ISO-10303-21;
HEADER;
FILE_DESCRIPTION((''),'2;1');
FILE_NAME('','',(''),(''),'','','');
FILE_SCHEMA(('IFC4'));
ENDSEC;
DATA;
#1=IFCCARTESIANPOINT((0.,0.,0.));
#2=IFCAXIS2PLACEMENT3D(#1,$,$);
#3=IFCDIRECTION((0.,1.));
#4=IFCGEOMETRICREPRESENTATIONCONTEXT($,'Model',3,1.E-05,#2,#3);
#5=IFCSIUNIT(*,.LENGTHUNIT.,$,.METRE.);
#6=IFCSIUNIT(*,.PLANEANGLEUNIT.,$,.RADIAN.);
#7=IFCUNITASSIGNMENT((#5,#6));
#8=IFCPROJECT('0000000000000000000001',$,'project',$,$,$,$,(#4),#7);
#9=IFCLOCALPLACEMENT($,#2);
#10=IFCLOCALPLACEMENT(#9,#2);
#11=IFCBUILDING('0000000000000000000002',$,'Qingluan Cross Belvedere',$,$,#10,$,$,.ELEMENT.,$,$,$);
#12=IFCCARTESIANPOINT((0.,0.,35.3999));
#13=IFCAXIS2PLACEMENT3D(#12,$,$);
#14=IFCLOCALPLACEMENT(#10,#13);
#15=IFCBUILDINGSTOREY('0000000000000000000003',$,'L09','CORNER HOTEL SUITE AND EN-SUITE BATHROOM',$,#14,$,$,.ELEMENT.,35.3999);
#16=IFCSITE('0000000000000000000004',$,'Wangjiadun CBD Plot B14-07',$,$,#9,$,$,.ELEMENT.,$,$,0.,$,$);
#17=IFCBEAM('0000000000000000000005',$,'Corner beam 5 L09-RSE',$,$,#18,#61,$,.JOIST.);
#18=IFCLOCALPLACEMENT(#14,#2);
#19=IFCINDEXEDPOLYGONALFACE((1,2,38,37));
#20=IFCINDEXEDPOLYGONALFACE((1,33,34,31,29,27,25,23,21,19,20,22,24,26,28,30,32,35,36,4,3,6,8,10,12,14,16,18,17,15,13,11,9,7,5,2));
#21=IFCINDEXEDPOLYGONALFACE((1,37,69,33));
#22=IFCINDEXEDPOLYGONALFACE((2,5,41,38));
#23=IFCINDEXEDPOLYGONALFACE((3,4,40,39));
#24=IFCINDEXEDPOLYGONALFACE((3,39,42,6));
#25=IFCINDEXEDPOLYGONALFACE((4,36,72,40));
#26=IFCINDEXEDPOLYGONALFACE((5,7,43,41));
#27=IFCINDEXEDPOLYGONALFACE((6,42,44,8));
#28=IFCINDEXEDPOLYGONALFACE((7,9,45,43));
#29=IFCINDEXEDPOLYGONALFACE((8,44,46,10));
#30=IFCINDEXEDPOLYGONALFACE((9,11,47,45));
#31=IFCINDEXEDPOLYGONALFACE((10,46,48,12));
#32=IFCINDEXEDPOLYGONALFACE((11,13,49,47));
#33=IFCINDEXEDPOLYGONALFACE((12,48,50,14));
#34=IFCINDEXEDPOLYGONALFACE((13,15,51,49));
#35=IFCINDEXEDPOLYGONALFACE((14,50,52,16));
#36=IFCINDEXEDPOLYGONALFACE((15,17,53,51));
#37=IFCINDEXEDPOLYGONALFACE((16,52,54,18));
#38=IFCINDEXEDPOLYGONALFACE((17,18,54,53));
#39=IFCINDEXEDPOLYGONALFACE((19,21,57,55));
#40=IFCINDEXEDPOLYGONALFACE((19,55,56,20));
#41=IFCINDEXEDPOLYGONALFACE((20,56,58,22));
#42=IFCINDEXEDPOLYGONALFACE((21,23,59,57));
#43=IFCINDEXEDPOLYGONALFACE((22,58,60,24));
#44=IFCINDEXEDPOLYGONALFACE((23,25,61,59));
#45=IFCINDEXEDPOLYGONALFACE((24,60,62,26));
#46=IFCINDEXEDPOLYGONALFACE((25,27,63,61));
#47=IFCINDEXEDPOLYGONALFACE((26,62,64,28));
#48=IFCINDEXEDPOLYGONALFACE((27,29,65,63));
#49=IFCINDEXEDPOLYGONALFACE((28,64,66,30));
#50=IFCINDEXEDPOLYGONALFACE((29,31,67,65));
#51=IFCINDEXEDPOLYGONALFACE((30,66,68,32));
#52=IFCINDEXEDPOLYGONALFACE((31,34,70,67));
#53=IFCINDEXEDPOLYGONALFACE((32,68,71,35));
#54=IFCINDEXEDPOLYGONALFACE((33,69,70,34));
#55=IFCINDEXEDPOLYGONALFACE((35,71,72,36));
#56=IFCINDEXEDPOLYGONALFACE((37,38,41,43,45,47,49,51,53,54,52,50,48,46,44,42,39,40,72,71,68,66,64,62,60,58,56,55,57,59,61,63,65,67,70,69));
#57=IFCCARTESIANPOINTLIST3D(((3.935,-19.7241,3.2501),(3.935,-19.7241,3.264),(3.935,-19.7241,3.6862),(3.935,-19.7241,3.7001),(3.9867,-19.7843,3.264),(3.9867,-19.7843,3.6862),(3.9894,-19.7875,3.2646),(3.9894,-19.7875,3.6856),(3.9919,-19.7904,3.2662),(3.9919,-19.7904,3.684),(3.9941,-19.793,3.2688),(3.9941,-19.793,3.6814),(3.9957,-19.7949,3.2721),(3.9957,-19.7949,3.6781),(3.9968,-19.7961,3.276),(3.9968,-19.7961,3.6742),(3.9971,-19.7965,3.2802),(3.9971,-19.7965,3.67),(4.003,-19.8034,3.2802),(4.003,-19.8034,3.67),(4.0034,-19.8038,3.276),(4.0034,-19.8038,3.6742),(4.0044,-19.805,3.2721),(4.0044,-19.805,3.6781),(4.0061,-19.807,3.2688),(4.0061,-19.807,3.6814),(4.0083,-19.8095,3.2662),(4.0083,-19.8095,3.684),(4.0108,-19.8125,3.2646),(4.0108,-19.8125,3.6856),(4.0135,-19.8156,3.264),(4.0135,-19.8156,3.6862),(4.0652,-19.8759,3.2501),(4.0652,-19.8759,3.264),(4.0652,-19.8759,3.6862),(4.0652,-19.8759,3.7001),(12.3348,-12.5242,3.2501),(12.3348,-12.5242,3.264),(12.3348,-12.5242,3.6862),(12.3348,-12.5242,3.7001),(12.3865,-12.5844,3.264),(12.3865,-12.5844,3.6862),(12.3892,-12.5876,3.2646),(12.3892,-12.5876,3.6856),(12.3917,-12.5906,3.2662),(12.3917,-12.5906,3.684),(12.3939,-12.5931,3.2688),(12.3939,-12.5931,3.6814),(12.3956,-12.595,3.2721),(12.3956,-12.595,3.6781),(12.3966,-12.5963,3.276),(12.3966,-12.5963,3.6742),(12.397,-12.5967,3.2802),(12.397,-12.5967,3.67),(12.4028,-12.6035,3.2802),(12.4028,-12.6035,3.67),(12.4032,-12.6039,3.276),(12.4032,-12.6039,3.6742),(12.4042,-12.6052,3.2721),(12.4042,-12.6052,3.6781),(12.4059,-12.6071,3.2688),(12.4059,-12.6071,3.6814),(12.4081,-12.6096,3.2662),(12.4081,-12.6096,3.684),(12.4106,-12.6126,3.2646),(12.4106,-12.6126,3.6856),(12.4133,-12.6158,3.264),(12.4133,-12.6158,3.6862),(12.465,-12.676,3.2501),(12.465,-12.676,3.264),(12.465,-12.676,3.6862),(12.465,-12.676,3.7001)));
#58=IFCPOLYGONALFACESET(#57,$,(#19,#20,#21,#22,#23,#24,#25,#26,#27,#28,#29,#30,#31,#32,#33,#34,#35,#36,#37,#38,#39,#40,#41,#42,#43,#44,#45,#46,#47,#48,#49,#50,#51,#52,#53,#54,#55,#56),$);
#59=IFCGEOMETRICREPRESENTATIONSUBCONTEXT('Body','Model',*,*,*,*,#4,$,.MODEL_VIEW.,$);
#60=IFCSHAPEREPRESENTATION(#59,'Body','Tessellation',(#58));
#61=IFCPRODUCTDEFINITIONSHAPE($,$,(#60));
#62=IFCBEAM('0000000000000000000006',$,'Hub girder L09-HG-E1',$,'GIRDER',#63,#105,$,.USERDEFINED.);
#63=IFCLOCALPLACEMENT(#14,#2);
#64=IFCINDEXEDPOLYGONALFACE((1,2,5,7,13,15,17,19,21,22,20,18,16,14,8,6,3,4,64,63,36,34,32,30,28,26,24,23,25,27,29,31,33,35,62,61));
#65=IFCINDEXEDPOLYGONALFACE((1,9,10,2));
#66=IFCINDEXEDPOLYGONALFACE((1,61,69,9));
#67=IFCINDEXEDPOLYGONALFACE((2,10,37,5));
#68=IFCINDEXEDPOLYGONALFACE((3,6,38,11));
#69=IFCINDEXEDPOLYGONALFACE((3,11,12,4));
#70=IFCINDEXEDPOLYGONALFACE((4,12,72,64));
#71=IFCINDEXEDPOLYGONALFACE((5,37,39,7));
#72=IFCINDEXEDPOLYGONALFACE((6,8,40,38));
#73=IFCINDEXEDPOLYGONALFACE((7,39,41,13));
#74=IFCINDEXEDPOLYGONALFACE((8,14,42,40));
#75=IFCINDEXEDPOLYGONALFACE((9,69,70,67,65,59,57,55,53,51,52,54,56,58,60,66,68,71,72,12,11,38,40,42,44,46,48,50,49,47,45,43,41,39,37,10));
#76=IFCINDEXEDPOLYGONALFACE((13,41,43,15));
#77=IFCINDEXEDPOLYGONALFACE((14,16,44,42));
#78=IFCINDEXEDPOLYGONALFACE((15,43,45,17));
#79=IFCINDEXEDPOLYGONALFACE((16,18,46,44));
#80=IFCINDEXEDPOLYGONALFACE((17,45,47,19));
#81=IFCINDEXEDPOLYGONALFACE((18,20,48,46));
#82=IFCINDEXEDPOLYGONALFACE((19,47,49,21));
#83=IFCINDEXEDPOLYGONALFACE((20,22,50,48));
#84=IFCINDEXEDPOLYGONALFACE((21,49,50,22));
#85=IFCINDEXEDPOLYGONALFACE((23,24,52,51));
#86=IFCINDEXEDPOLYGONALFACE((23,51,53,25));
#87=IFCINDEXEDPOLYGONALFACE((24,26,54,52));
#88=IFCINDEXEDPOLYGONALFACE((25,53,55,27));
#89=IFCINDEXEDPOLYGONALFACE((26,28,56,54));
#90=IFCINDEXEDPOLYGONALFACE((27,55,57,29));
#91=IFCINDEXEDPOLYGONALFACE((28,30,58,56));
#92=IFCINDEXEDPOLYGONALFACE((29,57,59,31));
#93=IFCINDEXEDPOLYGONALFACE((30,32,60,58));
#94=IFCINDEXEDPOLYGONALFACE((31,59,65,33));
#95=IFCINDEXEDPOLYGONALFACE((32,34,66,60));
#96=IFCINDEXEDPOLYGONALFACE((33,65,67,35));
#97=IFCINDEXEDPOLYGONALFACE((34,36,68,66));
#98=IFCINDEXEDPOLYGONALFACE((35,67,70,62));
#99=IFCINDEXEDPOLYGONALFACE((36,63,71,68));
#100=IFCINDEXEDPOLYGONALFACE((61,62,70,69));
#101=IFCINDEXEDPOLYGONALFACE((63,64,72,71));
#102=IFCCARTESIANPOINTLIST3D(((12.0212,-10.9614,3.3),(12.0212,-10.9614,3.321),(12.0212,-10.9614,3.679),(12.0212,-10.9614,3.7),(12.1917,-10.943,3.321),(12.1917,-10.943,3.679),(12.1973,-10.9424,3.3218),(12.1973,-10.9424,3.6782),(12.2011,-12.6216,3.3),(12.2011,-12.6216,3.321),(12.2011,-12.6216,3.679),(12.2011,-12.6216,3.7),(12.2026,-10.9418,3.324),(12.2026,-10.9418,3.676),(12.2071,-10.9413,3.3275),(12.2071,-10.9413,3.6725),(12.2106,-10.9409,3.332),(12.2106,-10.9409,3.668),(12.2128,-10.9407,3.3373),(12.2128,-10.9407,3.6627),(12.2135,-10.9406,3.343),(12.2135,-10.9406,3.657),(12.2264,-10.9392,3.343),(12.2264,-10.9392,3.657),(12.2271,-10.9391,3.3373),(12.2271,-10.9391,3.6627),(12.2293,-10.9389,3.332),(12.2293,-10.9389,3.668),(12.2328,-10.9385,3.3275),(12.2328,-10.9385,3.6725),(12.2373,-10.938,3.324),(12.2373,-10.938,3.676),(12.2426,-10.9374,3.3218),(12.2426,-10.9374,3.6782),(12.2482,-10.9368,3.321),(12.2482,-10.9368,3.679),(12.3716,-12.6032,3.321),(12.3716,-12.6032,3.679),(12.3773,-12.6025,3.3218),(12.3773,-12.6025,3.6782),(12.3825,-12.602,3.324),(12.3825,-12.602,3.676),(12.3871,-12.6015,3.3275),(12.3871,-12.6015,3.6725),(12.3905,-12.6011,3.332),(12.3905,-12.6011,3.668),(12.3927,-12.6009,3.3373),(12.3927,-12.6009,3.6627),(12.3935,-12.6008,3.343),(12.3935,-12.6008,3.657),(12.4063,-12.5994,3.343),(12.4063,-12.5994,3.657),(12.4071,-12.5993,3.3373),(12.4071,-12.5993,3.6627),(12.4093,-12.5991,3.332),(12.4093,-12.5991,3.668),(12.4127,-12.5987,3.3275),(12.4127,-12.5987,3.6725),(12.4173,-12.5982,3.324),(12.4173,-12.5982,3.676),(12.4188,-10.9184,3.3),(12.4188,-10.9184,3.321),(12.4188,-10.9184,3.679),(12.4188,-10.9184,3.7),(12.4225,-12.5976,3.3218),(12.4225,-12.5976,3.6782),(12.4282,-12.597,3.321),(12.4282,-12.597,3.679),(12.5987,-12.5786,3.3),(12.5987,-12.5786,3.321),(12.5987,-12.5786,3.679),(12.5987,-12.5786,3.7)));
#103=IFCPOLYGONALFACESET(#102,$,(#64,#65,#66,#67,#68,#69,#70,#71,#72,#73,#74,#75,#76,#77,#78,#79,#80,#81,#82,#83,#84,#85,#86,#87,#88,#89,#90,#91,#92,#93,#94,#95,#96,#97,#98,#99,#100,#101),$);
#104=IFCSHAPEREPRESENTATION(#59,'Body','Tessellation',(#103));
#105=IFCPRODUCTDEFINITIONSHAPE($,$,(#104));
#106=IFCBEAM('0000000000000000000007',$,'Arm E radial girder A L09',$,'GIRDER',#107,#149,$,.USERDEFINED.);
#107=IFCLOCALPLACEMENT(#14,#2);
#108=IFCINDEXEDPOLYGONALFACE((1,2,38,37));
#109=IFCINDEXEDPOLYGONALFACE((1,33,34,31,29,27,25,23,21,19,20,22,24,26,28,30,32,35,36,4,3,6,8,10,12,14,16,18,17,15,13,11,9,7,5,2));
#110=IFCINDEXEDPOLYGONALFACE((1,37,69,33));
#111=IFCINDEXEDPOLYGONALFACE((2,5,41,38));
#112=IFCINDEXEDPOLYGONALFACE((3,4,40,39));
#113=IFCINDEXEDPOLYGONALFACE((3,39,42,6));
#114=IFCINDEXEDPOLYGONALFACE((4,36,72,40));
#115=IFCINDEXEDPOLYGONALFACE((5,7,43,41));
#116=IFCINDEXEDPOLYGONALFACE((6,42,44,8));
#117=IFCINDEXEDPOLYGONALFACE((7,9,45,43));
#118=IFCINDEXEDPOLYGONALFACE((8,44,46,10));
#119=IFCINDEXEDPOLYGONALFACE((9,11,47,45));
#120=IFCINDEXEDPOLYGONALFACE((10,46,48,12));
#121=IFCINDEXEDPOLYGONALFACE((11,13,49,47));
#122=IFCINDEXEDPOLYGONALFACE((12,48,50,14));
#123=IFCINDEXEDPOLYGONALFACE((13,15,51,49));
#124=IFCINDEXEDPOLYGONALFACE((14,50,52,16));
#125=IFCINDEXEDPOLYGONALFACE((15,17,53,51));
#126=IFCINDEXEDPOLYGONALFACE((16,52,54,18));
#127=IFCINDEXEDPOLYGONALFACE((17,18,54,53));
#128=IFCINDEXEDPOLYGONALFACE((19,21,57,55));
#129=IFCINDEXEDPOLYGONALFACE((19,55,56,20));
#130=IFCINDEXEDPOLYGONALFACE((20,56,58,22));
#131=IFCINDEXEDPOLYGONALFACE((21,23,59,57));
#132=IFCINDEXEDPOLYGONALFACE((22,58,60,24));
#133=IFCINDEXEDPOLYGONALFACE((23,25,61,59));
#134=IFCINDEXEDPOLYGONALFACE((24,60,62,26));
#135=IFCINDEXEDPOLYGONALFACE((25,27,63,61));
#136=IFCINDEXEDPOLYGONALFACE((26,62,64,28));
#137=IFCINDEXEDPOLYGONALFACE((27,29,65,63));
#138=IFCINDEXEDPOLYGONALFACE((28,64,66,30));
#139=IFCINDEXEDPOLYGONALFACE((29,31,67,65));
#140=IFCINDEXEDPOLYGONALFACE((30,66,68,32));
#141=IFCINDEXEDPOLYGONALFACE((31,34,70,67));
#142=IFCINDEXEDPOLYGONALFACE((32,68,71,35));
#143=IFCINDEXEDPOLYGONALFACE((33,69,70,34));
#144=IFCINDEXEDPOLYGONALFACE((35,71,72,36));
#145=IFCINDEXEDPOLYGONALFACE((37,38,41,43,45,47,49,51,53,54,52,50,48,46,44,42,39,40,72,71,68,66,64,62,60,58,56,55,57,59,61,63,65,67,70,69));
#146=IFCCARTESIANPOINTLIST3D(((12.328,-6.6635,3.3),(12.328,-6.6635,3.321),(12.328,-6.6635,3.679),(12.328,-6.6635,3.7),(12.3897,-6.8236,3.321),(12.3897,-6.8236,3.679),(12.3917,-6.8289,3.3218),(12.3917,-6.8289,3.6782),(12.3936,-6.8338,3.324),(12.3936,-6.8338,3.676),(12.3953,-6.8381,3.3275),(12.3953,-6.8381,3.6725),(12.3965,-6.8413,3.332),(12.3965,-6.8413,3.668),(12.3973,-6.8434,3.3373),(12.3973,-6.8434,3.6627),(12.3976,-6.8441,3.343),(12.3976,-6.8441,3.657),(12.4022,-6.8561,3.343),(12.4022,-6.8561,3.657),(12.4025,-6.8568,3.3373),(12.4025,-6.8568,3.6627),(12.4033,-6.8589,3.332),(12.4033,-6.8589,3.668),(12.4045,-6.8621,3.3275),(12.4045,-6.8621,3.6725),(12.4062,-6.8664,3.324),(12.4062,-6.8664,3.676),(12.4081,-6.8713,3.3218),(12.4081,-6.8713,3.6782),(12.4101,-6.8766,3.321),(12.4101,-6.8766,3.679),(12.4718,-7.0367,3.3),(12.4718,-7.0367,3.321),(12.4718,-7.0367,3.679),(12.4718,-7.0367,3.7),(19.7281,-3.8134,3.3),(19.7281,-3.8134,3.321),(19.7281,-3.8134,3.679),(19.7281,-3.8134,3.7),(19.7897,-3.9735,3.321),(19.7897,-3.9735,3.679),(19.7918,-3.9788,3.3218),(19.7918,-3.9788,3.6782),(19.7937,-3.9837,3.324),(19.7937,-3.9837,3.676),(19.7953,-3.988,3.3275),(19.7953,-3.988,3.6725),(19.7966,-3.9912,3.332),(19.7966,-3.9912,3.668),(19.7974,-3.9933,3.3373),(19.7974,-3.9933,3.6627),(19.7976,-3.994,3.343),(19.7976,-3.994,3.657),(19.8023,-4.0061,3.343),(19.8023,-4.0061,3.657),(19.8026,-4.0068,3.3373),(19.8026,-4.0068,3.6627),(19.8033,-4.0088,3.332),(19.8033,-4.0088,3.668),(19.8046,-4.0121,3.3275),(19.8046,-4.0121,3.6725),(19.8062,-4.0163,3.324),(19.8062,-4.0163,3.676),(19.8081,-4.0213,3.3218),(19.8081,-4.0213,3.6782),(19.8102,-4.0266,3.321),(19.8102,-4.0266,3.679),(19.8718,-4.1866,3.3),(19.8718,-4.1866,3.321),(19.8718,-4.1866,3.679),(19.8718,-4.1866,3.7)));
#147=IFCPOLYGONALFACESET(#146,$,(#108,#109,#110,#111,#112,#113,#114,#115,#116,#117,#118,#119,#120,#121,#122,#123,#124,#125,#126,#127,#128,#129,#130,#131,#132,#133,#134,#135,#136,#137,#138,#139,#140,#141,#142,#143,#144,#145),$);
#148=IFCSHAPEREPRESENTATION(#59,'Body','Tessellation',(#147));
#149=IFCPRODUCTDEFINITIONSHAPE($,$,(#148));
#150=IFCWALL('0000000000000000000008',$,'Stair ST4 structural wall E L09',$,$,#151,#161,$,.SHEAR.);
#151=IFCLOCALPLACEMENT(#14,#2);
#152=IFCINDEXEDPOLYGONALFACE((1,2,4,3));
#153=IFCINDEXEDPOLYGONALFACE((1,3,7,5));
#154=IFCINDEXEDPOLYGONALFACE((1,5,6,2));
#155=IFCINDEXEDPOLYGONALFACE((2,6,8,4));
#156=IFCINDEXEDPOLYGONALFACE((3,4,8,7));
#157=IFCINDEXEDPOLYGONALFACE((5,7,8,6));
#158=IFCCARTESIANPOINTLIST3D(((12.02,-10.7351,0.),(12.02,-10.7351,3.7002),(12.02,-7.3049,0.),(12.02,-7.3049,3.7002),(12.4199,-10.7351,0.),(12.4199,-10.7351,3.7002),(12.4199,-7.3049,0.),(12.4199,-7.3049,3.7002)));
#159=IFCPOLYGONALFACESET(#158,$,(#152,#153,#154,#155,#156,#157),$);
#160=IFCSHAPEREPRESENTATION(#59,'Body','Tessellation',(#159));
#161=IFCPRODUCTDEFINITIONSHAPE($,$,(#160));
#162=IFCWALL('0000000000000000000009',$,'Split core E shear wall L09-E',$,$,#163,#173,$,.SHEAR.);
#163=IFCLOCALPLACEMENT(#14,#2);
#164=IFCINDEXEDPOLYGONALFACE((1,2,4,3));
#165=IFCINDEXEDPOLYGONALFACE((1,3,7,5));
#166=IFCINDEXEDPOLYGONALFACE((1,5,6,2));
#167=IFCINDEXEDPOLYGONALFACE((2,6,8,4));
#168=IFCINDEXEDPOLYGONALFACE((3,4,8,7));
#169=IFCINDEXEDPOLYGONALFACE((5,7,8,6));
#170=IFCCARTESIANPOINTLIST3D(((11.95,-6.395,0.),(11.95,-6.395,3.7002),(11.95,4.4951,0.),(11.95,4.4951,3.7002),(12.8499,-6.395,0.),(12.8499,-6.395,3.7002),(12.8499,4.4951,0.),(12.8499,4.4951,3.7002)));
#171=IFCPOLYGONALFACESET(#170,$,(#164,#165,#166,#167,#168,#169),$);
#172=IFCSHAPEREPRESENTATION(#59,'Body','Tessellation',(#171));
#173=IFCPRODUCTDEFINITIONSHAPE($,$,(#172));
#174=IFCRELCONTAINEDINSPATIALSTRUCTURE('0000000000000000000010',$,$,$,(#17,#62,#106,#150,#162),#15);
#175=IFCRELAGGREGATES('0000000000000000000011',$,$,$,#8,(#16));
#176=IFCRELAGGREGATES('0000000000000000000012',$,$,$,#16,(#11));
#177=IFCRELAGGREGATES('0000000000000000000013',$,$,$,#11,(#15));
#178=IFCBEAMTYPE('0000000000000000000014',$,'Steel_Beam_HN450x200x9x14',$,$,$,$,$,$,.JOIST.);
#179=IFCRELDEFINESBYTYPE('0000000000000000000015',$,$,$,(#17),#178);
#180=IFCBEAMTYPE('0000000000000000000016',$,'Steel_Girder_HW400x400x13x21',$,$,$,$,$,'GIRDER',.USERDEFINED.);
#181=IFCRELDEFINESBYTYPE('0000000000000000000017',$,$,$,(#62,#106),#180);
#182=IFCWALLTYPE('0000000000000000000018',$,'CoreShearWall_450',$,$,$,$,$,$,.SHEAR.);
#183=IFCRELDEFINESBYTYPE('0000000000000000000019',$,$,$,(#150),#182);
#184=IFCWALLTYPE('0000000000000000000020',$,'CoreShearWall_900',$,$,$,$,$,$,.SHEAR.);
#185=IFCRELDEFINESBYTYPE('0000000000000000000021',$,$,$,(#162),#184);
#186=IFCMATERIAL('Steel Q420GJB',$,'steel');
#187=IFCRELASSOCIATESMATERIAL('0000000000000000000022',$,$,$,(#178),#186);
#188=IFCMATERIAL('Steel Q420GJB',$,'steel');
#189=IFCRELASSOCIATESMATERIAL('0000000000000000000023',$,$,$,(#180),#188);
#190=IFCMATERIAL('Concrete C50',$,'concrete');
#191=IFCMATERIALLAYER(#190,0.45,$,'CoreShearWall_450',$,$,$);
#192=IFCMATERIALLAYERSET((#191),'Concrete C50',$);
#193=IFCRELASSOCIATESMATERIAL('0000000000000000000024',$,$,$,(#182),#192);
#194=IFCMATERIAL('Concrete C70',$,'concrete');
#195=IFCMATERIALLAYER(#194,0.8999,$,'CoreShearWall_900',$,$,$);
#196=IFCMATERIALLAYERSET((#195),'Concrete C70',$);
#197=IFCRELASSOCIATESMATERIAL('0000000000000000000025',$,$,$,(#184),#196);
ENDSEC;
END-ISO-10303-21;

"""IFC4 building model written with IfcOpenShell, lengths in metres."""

from ifc_helpers import new_model, si_unit, direction, frame, frame_2d, origin, origin_2d, place, context, subcontext, project, spatial, rectangle, i_section, extrude, material, layer, layer_set, material_profile, profile_set, type_object, element, save


model = new_model("IFC4")

# Units and contexts
model_context = context("Model", 3, precision=1e-05, world=origin(), true_north=direction((0.0, 1.0)))
body_context = subcontext(model_context, "Body", "Model", "MODEL_VIEW")
ifc_project = project(units=[si_unit("LENGTHUNIT", "METRE"), si_unit("PLANEANGLEUNIT", "RADIAN")], contexts=[model_context])

# Site, building, storey
site_placement = place(None, origin())
site = spatial("IfcSite", under=ifc_project, at=site_placement, Name="Wangjiadun CBD Plot B14-07", CompositionType="ELEMENT", RefElevation=0.0)
building_placement = place(site_placement, origin())
building = spatial("IfcBuilding", under=site, at=building_placement, Name="Qingluan Cross Belvedere", CompositionType="ELEMENT")
storey_placement = place(building_placement, frame((0.0, 0.0, 35.3999)))
storey = spatial("IfcBuildingStorey", under=building, at=storey_placement, Name="L09", Description="CORNER HOTEL SUITE AND EN-SUITE BATHROOM", CompositionType="ELEMENT", Elevation=35.3999)

# Beams
ifc_material_1 = material(Name="Steel Q420GJB", Category="steel")
ifc_material_profile_1 = material_profile(ifc_material_1, i_section(OverallWidth=0.2, OverallDepth=0.45, WebThickness=0.009, FlangeThickness=0.0139, FilletRadius=0.0161, at=origin_2d()), Name="HN450x200x9x14")
ifc_profile_set_1 = profile_set([ifc_material_profile_1], Name="Steel Q420GJB")
beam_type_1 = type_object("IfcBeamType", Name="Steel_Beam_HN450x200x9x14", PredefinedType="JOIST", material=ifc_profile_set_1)
beam_1_placement = place(storey_placement, frame((12.3999, -12.6001, 3.4751), z_axis=(-0.759255, -0.650793, 0.0), x_axis=(0.650793, -0.759255, 0.0)))
element("IfcBeam", 1, at=beam_1_placement, inside=storey, type_object=beam_type_1, Name="Corner beam 5 L09-RSE", PredefinedType="JOIST", context=body_context, shape_type="SweptSolid", body=[
    extrude(i_section(OverallWidth=0.2, OverallDepth=0.45, WebThickness=0.009, FlangeThickness=0.0139, FilletRadius=0.0161, at=origin_2d()), origin(), (0.0, 0.0, 1.0), 11.0632),
])
ifc_material_2 = material(Name="Steel Q420GJB", Category="steel")
ifc_material_profile_2 = material_profile(ifc_material_2, i_section(OverallWidth=0.3999, OverallDepth=0.3999, WebThickness=0.0129, FlangeThickness=0.021, FilletRadius=0.022, at=origin_2d()), Name="HW400x400x13x21")
ifc_profile_set_2 = profile_set([ifc_material_profile_2], Name="Steel Q420GJB")
beam_type_2 = type_object("IfcBeamType", Name="Steel_Girder_HW400x400x13x21", ElementType="GIRDER", PredefinedType="USERDEFINED", material=ifc_profile_set_2)
beam_2_placement = place(storey_placement, frame((12.3999, -12.6001, 3.5), z_axis=(-0.107751, 0.994178, 0.0), x_axis=(-0.994178, -0.107751, 0.0)))
element("IfcBeam", 2, at=beam_2_placement, inside=storey, type_object=beam_type_2, Name="Hub girder L09-HG-E1", ObjectType="GIRDER", PredefinedType="USERDEFINED", context=body_context, shape_type="SweptSolid", body=[
    extrude(i_section(OverallWidth=0.3999, OverallDepth=0.3999, WebThickness=0.0129, FlangeThickness=0.021, FilletRadius=0.022, at=origin_2d()), origin(), (0.0, 0.0, 1.0), 1.6699),
])
beam_3_placement = place(storey_placement, frame((12.3999, -6.8501, 3.5), z_axis=(0.933181, 0.359406, 0.0), x_axis=(-0.359406, 0.933181, 0.0)))
element("IfcBeam", 3, at=beam_3_placement, inside=storey, type_object=beam_type_2, Name="Arm E radial girder A L09", ObjectType="GIRDER", PredefinedType="USERDEFINED", context=body_context, shape_type="SweptSolid", body=[
    extrude(i_section(OverallWidth=0.3999, OverallDepth=0.3999, WebThickness=0.0129, FlangeThickness=0.021, FilletRadius=0.022, at=origin_2d()), origin(), (0.0, 0.0, 1.0), 7.9299),
])

# Walls
ifc_material_3 = material(Name="Concrete C50", Category="concrete")
ifc_layer_1 = layer(ifc_material_3, 0.45, Name="CoreShearWall_450")
ifc_layer_set_1 = layer_set([ifc_layer_1], Name="Concrete C50")
wall_type_1 = type_object("IfcWallType", Name="CoreShearWall_450", PredefinedType="SHEAR", material=ifc_layer_set_1)
wall_1_placement = place(storey_placement, frame((12.22, -10.7351, 0.0), z_axis=(0.0, 0.0, 1.0), x_axis=(0.0, 1.0, 0.0)))
element("IfcWall", 4, at=wall_1_placement, inside=storey, type_object=wall_type_1, Name="Stair ST4 structural wall E L09", PredefinedType="SHEAR", context=body_context, shape_type="SweptSolid", body=[
    extrude(rectangle(XDim=3.4302, YDim=0.3999, at=frame_2d((1.7151, 0.0))), origin(), (0.0, 0.0, 1.0), 3.7002),
])
ifc_material_4 = material(Name="Concrete C70", Category="concrete")
ifc_layer_2 = layer(ifc_material_4, 0.8999, Name="CoreShearWall_900")
ifc_layer_set_2 = layer_set([ifc_layer_2], Name="Concrete C70")
wall_type_2 = type_object("IfcWallType", Name="CoreShearWall_900", PredefinedType="SHEAR", material=ifc_layer_set_2)
wall_2_placement = place(storey_placement, frame((12.3999, -6.395, 0.0), z_axis=(0.0, 0.0, 1.0), x_axis=(0.0, 1.0, 0.0)))
element("IfcWall", 5, at=wall_2_placement, inside=storey, type_object=wall_type_2, Name="Split core E shear wall L09-E", PredefinedType="SHEAR", context=body_context, shape_type="SweptSolid", body=[
    extrude(rectangle(XDim=10.8901, YDim=0.8999, at=frame_2d((5.4451, 0.0))), origin(), (0.0, 0.0, 1.0), 3.7002),
])

save(model, "model.ifc")
